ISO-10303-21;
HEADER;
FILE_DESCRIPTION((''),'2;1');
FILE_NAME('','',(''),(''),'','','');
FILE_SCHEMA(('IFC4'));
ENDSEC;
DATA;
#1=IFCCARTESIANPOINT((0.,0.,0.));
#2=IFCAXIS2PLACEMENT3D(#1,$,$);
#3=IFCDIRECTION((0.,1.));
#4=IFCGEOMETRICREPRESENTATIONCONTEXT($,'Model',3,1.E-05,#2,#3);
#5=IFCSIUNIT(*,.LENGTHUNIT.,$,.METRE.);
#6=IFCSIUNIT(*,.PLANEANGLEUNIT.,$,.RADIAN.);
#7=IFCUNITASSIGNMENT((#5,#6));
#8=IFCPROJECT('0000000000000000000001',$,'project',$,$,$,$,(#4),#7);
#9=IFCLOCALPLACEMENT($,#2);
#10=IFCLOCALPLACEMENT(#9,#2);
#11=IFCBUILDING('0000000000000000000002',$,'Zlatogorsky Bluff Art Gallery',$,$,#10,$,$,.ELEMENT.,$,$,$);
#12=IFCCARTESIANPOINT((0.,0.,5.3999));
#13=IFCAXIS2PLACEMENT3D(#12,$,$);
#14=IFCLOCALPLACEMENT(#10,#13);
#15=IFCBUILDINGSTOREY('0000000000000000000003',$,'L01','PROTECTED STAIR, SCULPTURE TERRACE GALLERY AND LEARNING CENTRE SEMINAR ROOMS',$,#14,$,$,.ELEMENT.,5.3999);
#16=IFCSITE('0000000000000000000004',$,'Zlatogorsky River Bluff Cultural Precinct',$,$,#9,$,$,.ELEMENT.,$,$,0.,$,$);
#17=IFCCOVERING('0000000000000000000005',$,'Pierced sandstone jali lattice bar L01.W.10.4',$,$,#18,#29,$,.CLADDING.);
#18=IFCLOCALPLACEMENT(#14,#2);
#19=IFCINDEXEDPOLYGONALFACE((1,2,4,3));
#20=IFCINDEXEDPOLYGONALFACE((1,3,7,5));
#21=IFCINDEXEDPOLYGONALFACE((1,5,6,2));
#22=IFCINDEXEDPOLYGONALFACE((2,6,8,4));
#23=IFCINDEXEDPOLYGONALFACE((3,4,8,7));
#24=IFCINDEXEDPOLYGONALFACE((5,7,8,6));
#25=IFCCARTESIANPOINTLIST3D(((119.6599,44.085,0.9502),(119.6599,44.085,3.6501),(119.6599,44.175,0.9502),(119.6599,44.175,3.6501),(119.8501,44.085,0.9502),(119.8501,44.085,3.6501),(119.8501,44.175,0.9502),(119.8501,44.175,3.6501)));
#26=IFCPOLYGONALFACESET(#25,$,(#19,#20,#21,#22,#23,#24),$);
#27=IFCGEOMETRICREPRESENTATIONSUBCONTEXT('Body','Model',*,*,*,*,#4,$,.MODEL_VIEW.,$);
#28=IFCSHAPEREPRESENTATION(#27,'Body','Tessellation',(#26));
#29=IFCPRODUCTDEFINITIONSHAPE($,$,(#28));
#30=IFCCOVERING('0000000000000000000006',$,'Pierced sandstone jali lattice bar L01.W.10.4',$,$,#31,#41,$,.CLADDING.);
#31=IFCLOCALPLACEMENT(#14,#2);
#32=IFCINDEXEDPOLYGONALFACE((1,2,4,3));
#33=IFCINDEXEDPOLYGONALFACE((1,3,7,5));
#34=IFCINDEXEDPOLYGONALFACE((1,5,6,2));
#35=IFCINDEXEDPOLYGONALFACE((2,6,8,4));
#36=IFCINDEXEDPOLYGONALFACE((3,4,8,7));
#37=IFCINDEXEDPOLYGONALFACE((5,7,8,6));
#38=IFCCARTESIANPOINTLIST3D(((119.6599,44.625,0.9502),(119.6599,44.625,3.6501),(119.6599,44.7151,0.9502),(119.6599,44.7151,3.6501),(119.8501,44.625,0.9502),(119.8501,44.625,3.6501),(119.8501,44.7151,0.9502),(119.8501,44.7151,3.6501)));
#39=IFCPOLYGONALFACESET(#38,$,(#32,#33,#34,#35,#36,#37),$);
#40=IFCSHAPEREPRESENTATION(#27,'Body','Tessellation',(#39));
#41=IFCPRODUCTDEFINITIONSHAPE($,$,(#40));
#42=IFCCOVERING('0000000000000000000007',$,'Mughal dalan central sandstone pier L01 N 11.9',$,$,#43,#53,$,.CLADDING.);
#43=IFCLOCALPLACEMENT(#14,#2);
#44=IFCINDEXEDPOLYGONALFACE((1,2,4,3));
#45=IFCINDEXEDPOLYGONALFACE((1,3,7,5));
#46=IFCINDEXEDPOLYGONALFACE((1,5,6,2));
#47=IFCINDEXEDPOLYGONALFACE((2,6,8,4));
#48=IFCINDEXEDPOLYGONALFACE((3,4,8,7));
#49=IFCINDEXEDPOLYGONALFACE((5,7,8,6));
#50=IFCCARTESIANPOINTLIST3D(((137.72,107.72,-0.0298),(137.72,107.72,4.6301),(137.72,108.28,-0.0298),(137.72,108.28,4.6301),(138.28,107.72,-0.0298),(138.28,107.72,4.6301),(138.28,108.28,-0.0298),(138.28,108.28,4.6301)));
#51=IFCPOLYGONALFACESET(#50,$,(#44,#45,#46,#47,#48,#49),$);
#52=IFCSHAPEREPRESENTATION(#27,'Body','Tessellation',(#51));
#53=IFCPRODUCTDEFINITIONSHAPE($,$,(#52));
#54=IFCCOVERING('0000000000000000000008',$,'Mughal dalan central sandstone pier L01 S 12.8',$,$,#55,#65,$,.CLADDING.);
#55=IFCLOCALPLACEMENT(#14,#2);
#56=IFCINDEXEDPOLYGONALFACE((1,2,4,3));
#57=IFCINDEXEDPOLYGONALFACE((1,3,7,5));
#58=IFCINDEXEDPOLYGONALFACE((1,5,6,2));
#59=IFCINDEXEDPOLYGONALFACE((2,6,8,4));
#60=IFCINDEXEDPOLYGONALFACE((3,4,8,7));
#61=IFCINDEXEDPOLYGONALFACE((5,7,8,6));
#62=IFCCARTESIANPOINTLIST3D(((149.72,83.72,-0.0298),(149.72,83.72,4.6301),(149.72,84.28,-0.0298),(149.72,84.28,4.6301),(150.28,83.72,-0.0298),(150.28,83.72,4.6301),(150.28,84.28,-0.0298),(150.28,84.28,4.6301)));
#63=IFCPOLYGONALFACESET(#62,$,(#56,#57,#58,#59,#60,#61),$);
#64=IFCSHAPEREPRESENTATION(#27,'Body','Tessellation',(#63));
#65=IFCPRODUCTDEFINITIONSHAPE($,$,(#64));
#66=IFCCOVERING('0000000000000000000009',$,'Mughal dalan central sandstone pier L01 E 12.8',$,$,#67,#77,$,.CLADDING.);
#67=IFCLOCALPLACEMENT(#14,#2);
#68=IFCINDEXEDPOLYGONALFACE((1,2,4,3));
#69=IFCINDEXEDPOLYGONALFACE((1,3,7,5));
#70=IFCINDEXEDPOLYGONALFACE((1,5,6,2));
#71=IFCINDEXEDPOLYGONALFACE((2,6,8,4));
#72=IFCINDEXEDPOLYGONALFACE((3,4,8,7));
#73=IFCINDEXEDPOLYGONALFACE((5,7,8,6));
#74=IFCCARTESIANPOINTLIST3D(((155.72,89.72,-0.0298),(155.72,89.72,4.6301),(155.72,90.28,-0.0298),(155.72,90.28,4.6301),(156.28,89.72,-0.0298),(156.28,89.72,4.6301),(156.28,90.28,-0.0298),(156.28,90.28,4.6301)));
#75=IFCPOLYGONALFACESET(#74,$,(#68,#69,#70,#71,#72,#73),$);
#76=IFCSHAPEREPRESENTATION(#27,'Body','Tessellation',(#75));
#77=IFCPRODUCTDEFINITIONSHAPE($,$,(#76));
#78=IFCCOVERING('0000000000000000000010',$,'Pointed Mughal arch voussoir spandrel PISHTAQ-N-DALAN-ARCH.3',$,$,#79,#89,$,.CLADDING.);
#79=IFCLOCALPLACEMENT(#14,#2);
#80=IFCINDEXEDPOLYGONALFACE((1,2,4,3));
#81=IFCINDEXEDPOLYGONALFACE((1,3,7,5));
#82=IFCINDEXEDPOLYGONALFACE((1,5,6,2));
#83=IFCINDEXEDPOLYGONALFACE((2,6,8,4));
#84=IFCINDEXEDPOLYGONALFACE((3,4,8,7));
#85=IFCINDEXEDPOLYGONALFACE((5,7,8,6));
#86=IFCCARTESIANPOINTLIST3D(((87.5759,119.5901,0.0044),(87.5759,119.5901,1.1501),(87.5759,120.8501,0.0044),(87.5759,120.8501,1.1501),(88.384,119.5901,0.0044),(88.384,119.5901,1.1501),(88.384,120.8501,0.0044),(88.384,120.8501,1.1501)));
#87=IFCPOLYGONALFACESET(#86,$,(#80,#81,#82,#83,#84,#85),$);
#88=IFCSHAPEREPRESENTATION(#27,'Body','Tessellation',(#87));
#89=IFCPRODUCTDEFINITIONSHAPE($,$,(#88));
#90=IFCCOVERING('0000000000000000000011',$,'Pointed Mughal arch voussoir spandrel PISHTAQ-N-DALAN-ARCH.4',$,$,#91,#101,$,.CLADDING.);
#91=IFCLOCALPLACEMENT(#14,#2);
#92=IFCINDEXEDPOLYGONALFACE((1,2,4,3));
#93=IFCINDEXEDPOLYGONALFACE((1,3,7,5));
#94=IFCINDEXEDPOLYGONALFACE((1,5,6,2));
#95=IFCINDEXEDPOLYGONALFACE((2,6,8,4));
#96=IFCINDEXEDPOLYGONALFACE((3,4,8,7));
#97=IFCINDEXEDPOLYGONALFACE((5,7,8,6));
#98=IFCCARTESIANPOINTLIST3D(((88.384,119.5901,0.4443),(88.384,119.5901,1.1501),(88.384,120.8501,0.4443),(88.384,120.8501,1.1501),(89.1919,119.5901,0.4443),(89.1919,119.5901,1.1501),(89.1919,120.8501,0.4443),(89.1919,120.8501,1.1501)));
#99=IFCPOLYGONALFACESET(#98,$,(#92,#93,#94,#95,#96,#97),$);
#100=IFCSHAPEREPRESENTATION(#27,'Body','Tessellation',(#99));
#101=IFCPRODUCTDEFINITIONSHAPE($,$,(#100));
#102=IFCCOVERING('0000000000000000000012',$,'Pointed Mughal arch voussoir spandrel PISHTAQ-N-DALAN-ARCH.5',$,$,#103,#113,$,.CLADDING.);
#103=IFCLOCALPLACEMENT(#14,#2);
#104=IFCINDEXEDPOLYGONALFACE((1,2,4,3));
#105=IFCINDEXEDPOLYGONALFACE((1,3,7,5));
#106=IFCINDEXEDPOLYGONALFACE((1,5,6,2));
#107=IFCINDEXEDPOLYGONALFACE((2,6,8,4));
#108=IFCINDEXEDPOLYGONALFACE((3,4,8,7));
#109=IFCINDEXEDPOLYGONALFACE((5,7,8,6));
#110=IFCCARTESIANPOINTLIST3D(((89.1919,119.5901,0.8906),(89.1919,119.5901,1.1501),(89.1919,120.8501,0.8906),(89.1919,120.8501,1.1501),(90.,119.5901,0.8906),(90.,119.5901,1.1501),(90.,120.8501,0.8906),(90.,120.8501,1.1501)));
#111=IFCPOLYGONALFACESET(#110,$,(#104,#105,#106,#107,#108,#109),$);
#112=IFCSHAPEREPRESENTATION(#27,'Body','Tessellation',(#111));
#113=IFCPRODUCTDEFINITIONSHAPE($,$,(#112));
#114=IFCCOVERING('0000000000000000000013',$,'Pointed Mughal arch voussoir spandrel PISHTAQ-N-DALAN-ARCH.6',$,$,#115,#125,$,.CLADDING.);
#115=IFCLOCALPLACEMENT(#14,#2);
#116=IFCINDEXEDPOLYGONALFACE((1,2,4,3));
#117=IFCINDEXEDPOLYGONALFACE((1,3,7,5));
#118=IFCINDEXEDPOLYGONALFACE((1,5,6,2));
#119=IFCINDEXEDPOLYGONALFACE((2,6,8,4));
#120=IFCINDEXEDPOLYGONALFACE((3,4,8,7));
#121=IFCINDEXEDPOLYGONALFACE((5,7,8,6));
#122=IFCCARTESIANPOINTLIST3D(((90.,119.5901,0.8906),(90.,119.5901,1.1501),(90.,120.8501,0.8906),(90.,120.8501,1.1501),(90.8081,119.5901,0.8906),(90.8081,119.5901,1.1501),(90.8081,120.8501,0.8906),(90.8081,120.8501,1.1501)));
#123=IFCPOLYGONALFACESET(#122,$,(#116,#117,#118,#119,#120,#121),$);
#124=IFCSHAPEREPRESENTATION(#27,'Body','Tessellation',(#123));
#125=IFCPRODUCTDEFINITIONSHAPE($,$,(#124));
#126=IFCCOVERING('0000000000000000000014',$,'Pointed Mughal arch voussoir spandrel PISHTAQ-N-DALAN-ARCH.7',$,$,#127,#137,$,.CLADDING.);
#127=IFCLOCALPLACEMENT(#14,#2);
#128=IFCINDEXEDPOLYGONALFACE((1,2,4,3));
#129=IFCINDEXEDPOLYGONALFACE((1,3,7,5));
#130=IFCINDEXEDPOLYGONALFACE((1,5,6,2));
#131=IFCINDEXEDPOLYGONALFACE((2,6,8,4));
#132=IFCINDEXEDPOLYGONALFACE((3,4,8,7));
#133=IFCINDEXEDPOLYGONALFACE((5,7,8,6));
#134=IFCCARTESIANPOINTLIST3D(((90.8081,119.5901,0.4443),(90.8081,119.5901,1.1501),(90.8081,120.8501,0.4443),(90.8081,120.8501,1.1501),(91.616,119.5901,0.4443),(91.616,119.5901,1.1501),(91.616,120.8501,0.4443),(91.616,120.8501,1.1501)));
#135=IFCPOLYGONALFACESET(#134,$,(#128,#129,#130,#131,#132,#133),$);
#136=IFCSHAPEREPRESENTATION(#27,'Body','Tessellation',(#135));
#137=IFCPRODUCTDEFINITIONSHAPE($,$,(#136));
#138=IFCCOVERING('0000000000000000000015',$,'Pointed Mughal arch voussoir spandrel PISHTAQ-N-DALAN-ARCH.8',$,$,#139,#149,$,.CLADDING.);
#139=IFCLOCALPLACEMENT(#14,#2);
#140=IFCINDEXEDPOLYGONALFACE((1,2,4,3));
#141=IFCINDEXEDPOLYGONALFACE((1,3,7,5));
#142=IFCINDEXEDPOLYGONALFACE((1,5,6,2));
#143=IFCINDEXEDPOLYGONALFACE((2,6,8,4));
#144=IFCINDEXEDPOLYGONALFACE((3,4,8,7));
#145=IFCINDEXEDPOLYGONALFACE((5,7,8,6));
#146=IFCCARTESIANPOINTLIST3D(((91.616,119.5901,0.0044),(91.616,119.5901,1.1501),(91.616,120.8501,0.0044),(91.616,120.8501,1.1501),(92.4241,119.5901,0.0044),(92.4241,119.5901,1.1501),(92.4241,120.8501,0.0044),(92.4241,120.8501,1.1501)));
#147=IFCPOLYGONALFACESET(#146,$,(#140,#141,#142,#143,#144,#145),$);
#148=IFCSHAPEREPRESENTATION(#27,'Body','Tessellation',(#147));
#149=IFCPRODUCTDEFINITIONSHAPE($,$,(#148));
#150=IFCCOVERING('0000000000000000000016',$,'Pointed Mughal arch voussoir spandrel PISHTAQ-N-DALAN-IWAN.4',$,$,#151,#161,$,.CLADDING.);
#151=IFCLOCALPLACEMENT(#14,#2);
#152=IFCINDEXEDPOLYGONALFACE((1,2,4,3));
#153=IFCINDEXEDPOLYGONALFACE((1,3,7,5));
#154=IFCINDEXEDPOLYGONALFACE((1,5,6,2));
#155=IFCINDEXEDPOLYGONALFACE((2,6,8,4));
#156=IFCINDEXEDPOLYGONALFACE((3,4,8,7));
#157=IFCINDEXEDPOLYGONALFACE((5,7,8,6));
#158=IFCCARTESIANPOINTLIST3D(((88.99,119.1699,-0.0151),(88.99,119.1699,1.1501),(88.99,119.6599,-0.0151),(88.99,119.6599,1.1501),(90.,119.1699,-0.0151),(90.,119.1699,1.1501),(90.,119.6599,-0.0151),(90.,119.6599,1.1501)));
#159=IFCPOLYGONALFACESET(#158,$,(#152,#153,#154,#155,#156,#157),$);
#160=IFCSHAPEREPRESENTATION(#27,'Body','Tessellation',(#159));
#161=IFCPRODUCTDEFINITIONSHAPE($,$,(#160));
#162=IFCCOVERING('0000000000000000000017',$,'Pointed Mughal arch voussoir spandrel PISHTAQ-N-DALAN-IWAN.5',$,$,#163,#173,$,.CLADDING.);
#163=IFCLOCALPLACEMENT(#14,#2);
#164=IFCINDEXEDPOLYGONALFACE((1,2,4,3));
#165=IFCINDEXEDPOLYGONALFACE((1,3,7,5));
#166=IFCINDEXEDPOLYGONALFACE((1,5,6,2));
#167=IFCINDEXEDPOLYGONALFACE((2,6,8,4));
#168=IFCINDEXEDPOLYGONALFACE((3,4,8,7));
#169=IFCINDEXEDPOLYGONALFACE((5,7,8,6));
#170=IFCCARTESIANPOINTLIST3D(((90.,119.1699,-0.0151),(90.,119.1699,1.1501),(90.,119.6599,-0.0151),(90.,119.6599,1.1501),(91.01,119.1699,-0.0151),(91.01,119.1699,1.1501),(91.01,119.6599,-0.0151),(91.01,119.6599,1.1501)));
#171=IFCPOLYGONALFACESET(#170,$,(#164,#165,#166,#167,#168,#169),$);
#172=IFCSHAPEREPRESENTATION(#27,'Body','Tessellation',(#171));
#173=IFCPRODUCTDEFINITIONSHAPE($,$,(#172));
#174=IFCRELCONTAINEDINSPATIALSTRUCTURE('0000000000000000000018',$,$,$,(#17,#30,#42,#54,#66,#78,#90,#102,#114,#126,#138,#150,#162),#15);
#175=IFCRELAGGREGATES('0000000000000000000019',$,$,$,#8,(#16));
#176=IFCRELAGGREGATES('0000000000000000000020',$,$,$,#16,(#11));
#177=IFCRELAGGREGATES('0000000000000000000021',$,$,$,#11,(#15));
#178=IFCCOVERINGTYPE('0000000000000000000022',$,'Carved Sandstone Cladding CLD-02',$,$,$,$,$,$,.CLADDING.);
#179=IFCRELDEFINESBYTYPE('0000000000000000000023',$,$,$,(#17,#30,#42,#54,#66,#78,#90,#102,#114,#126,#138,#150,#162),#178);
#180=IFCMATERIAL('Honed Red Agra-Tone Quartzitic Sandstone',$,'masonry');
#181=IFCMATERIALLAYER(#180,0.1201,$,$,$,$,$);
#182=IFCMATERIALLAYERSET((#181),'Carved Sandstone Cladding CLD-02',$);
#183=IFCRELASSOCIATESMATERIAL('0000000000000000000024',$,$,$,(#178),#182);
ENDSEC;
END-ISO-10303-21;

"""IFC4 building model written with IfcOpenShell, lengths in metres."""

from ifc_helpers import new_model, si_unit, direction, frame, origin, place, context, subcontext, project, spatial, polyline, outline, extrude, material, layer, layer_set, type_object, element, save


model = new_model("IFC4")

# Units and contexts
model_context = context("Model", 3, precision=1e-05, world=origin(), true_north=direction((0.0, 1.0)))
body_context = subcontext(model_context, "Body", "Model", "MODEL_VIEW")
ifc_project = project(units=[si_unit("LENGTHUNIT", "METRE"), si_unit("PLANEANGLEUNIT", "RADIAN")], contexts=[model_context])

# Site, building, storey
site_placement = place(None, origin())
site = spatial("IfcSite", under=ifc_project, at=site_placement, Name="Zlatogorsky River Bluff Cultural Precinct", CompositionType="ELEMENT", RefElevation=0.0)
building_placement = place(site_placement, origin())
building = spatial("IfcBuilding", under=site, at=building_placement, Name="Zlatogorsky Bluff Art Gallery", CompositionType="ELEMENT")
storey_placement = place(building_placement, frame((0.0, 0.0, 5.3999)))
storey = spatial("IfcBuildingStorey", under=building, at=storey_placement, Name="L01", Description="PROTECTED STAIR, SCULPTURE TERRACE GALLERY AND LEARNING CENTRE SEMINAR ROOMS", CompositionType="ELEMENT", Elevation=5.3999)

# Coverings
ifc_material = material(Name="Honed Red Agra-Tone Quartzitic Sandstone", Category="masonry")
ifc_layer = layer(ifc_material, 0.1201)
ifc_layer_set = layer_set([ifc_layer], Name="Carved Sandstone Cladding CLD-02")
covering_type = type_object("IfcCoveringType", Name="Carved Sandstone Cladding CLD-02", PredefinedType="CLADDING", material=ifc_layer_set)
covering_1_placement = place(storey_placement, frame((0.0, 0.0, 0.9502)))
element("IfcCovering", 1, at=covering_1_placement, inside=storey, type_object=covering_type, Name="Pierced sandstone jali lattice bar L01.W.10.4", PredefinedType="CLADDING", context=body_context, shape_type="SweptSolid", body=[
    extrude(outline(polyline([(119.6599, 44.085), (119.6599, 44.175), (119.8501, 44.175), (119.8501, 44.085), (119.6599, 44.085)])), origin(), (0.0, 0.0, 1.0), 2.7),
])
covering_2_placement = place(storey_placement, frame((0.0, 0.0, 0.9502)))
element("IfcCovering", 2, at=covering_2_placement, inside=storey, type_object=covering_type, Name="Pierced sandstone jali lattice bar L01.W.10.4", PredefinedType="CLADDING", context=body_context, shape_type="SweptSolid", body=[
    extrude(outline(polyline([(119.6599, 44.625), (119.6599, 44.7151), (119.8501, 44.7151), (119.8501, 44.625), (119.6599, 44.625)])), origin(), (0.0, 0.0, 1.0), 2.7),
])
covering_3_placement = place(storey_placement, frame((0.0, 0.0, -0.0298)))
element("IfcCovering", 3, at=covering_3_placement, inside=storey, type_object=covering_type, Name="Mughal dalan central sandstone pier L01 N 11.9", PredefinedType="CLADDING", context=body_context, shape_type="SweptSolid", body=[
    extrude(outline(polyline([(137.72, 107.72), (138.28, 107.72), (138.28, 108.28), (137.72, 108.28), (137.72, 107.72)])), origin(), (0.0, 0.0, 1.0), 4.6599),
])
covering_4_placement = place(storey_placement, frame((0.0, 0.0, -0.0298)))
element("IfcCovering", 4, at=covering_4_placement, inside=storey, type_object=covering_type, Name="Mughal dalan central sandstone pier L01 S 12.8", PredefinedType="CLADDING", context=body_context, shape_type="SweptSolid", body=[
    extrude(outline(polyline([(149.72, 83.72), (150.28, 83.72), (150.28, 84.28), (149.72, 84.28), (149.72, 83.72)])), origin(), (0.0, 0.0, 1.0), 4.6599),
])
covering_5_placement = place(storey_placement, frame((0.0, 0.0, -0.0298)))
element("IfcCovering", 5, at=covering_5_placement, inside=storey, type_object=covering_type, Name="Mughal dalan central sandstone pier L01 E 12.8", PredefinedType="CLADDING", context=body_context, shape_type="SweptSolid", body=[
    extrude(outline(polyline([(155.72, 89.72), (156.28, 89.72), (156.28, 90.28), (155.72, 90.28), (155.72, 89.72)])), origin(), (0.0, 0.0, 1.0), 4.6599),
])
covering_6_placement = place(storey_placement, frame((0.0, 0.0, 0.0044)))
element("IfcCovering", 6, at=covering_6_placement, inside=storey, type_object=covering_type, Name="Pointed Mughal arch voussoir spandrel PISHTAQ-N-DALAN-ARCH.3", PredefinedType="CLADDING", context=body_context, shape_type="SweptSolid", body=[
    extrude(outline(polyline([(87.5759, 119.5901), (88.384, 119.5901), (88.384, 120.8501), (87.5759, 120.8501), (87.5759, 119.5901)])), origin(), (0.0, 0.0, 1.0), 1.1458),
])
covering_7_placement = place(storey_placement, frame((0.0, 0.0, 0.4443)))
element("IfcCovering", 7, at=covering_7_placement, inside=storey, type_object=covering_type, Name="Pointed Mughal arch voussoir spandrel PISHTAQ-N-DALAN-ARCH.4", PredefinedType="CLADDING", context=body_context, shape_type="SweptSolid", body=[
    extrude(outline(polyline([(88.384, 119.5901), (89.1919, 119.5901), (89.1919, 120.8501), (88.384, 120.8501), (88.384, 119.5901)])), origin(), (0.0, 0.0, 1.0), 0.7058),
])
covering_8_placement = place(storey_placement, frame((0.0, 0.0, 0.8906)))
element("IfcCovering", 8, at=covering_8_placement, inside=storey, type_object=covering_type, Name="Pointed Mughal arch voussoir spandrel PISHTAQ-N-DALAN-ARCH.5", PredefinedType="CLADDING", context=body_context, shape_type="SweptSolid", body=[
    extrude(outline(polyline([(89.1919, 119.5901), (90.0, 119.5901), (90.0, 120.8501), (89.1919, 120.8501), (89.1919, 119.5901)])), origin(), (0.0, 0.0, 1.0), 0.2595),
])
covering_9_placement = place(storey_placement, frame((0.0, 0.0, 0.8906)))
element("IfcCovering", 9, at=covering_9_placement, inside=storey, type_object=covering_type, Name="Pointed Mughal arch voussoir spandrel PISHTAQ-N-DALAN-ARCH.6", PredefinedType="CLADDING", context=body_context, shape_type="SweptSolid", body=[
    extrude(outline(polyline([(90.0, 119.5901), (90.8081, 119.5901), (90.8081, 120.8501), (90.0, 120.8501), (90.0, 119.5901)])), origin(), (0.0, 0.0, 1.0), 0.2595),
])
covering_10_placement = place(storey_placement, frame((0.0, 0.0, 0.4443)))
element("IfcCovering", 10, at=covering_10_placement, inside=storey, type_object=covering_type, Name="Pointed Mughal arch voussoir spandrel PISHTAQ-N-DALAN-ARCH.7", PredefinedType="CLADDING", context=body_context, shape_type="SweptSolid", body=[
    extrude(outline(polyline([(90.8081, 119.5901), (91.616, 119.5901), (91.616, 120.8501), (90.8081, 120.8501), (90.8081, 119.5901)])), origin(), (0.0, 0.0, 1.0), 0.7058),
])
covering_11_placement = place(storey_placement, frame((0.0, 0.0, 0.0044)))
element("IfcCovering", 11, at=covering_11_placement, inside=storey, type_object=covering_type, Name="Pointed Mughal arch voussoir spandrel PISHTAQ-N-DALAN-ARCH.8", PredefinedType="CLADDING", context=body_context, shape_type="SweptSolid", body=[
    extrude(outline(polyline([(91.616, 119.5901), (92.4241, 119.5901), (92.4241, 120.8501), (91.616, 120.8501), (91.616, 119.5901)])), origin(), (0.0, 0.0, 1.0), 1.1458),
])
covering_12_placement = place(storey_placement, frame((0.0, 0.0, -0.0151)))
element("IfcCovering", 12, at=covering_12_placement, inside=storey, type_object=covering_type, Name="Pointed Mughal arch voussoir spandrel PISHTAQ-N-DALAN-IWAN.4", PredefinedType="CLADDING", context=body_context, shape_type="SweptSolid", body=[
    extrude(outline(polyline([(88.99, 119.1699), (90.0, 119.1699), (90.0, 119.6599), (88.99, 119.6599), (88.99, 119.1699)])), origin(), (0.0, 0.0, 1.0), 1.1653),
])
covering_13_placement = place(storey_placement, frame((0.0, 0.0, -0.0151)))
element("IfcCovering", 13, at=covering_13_placement, inside=storey, type_object=covering_type, Name="Pointed Mughal arch voussoir spandrel PISHTAQ-N-DALAN-IWAN.5", PredefinedType="CLADDING", context=body_context, shape_type="SweptSolid", body=[
    extrude(outline(polyline([(90.0, 119.1699), (91.01, 119.1699), (91.01, 119.6599), (90.0, 119.6599), (90.0, 119.1699)])), origin(), (0.0, 0.0, 1.0), 1.1653),
])

save(model, "model.ifc")
